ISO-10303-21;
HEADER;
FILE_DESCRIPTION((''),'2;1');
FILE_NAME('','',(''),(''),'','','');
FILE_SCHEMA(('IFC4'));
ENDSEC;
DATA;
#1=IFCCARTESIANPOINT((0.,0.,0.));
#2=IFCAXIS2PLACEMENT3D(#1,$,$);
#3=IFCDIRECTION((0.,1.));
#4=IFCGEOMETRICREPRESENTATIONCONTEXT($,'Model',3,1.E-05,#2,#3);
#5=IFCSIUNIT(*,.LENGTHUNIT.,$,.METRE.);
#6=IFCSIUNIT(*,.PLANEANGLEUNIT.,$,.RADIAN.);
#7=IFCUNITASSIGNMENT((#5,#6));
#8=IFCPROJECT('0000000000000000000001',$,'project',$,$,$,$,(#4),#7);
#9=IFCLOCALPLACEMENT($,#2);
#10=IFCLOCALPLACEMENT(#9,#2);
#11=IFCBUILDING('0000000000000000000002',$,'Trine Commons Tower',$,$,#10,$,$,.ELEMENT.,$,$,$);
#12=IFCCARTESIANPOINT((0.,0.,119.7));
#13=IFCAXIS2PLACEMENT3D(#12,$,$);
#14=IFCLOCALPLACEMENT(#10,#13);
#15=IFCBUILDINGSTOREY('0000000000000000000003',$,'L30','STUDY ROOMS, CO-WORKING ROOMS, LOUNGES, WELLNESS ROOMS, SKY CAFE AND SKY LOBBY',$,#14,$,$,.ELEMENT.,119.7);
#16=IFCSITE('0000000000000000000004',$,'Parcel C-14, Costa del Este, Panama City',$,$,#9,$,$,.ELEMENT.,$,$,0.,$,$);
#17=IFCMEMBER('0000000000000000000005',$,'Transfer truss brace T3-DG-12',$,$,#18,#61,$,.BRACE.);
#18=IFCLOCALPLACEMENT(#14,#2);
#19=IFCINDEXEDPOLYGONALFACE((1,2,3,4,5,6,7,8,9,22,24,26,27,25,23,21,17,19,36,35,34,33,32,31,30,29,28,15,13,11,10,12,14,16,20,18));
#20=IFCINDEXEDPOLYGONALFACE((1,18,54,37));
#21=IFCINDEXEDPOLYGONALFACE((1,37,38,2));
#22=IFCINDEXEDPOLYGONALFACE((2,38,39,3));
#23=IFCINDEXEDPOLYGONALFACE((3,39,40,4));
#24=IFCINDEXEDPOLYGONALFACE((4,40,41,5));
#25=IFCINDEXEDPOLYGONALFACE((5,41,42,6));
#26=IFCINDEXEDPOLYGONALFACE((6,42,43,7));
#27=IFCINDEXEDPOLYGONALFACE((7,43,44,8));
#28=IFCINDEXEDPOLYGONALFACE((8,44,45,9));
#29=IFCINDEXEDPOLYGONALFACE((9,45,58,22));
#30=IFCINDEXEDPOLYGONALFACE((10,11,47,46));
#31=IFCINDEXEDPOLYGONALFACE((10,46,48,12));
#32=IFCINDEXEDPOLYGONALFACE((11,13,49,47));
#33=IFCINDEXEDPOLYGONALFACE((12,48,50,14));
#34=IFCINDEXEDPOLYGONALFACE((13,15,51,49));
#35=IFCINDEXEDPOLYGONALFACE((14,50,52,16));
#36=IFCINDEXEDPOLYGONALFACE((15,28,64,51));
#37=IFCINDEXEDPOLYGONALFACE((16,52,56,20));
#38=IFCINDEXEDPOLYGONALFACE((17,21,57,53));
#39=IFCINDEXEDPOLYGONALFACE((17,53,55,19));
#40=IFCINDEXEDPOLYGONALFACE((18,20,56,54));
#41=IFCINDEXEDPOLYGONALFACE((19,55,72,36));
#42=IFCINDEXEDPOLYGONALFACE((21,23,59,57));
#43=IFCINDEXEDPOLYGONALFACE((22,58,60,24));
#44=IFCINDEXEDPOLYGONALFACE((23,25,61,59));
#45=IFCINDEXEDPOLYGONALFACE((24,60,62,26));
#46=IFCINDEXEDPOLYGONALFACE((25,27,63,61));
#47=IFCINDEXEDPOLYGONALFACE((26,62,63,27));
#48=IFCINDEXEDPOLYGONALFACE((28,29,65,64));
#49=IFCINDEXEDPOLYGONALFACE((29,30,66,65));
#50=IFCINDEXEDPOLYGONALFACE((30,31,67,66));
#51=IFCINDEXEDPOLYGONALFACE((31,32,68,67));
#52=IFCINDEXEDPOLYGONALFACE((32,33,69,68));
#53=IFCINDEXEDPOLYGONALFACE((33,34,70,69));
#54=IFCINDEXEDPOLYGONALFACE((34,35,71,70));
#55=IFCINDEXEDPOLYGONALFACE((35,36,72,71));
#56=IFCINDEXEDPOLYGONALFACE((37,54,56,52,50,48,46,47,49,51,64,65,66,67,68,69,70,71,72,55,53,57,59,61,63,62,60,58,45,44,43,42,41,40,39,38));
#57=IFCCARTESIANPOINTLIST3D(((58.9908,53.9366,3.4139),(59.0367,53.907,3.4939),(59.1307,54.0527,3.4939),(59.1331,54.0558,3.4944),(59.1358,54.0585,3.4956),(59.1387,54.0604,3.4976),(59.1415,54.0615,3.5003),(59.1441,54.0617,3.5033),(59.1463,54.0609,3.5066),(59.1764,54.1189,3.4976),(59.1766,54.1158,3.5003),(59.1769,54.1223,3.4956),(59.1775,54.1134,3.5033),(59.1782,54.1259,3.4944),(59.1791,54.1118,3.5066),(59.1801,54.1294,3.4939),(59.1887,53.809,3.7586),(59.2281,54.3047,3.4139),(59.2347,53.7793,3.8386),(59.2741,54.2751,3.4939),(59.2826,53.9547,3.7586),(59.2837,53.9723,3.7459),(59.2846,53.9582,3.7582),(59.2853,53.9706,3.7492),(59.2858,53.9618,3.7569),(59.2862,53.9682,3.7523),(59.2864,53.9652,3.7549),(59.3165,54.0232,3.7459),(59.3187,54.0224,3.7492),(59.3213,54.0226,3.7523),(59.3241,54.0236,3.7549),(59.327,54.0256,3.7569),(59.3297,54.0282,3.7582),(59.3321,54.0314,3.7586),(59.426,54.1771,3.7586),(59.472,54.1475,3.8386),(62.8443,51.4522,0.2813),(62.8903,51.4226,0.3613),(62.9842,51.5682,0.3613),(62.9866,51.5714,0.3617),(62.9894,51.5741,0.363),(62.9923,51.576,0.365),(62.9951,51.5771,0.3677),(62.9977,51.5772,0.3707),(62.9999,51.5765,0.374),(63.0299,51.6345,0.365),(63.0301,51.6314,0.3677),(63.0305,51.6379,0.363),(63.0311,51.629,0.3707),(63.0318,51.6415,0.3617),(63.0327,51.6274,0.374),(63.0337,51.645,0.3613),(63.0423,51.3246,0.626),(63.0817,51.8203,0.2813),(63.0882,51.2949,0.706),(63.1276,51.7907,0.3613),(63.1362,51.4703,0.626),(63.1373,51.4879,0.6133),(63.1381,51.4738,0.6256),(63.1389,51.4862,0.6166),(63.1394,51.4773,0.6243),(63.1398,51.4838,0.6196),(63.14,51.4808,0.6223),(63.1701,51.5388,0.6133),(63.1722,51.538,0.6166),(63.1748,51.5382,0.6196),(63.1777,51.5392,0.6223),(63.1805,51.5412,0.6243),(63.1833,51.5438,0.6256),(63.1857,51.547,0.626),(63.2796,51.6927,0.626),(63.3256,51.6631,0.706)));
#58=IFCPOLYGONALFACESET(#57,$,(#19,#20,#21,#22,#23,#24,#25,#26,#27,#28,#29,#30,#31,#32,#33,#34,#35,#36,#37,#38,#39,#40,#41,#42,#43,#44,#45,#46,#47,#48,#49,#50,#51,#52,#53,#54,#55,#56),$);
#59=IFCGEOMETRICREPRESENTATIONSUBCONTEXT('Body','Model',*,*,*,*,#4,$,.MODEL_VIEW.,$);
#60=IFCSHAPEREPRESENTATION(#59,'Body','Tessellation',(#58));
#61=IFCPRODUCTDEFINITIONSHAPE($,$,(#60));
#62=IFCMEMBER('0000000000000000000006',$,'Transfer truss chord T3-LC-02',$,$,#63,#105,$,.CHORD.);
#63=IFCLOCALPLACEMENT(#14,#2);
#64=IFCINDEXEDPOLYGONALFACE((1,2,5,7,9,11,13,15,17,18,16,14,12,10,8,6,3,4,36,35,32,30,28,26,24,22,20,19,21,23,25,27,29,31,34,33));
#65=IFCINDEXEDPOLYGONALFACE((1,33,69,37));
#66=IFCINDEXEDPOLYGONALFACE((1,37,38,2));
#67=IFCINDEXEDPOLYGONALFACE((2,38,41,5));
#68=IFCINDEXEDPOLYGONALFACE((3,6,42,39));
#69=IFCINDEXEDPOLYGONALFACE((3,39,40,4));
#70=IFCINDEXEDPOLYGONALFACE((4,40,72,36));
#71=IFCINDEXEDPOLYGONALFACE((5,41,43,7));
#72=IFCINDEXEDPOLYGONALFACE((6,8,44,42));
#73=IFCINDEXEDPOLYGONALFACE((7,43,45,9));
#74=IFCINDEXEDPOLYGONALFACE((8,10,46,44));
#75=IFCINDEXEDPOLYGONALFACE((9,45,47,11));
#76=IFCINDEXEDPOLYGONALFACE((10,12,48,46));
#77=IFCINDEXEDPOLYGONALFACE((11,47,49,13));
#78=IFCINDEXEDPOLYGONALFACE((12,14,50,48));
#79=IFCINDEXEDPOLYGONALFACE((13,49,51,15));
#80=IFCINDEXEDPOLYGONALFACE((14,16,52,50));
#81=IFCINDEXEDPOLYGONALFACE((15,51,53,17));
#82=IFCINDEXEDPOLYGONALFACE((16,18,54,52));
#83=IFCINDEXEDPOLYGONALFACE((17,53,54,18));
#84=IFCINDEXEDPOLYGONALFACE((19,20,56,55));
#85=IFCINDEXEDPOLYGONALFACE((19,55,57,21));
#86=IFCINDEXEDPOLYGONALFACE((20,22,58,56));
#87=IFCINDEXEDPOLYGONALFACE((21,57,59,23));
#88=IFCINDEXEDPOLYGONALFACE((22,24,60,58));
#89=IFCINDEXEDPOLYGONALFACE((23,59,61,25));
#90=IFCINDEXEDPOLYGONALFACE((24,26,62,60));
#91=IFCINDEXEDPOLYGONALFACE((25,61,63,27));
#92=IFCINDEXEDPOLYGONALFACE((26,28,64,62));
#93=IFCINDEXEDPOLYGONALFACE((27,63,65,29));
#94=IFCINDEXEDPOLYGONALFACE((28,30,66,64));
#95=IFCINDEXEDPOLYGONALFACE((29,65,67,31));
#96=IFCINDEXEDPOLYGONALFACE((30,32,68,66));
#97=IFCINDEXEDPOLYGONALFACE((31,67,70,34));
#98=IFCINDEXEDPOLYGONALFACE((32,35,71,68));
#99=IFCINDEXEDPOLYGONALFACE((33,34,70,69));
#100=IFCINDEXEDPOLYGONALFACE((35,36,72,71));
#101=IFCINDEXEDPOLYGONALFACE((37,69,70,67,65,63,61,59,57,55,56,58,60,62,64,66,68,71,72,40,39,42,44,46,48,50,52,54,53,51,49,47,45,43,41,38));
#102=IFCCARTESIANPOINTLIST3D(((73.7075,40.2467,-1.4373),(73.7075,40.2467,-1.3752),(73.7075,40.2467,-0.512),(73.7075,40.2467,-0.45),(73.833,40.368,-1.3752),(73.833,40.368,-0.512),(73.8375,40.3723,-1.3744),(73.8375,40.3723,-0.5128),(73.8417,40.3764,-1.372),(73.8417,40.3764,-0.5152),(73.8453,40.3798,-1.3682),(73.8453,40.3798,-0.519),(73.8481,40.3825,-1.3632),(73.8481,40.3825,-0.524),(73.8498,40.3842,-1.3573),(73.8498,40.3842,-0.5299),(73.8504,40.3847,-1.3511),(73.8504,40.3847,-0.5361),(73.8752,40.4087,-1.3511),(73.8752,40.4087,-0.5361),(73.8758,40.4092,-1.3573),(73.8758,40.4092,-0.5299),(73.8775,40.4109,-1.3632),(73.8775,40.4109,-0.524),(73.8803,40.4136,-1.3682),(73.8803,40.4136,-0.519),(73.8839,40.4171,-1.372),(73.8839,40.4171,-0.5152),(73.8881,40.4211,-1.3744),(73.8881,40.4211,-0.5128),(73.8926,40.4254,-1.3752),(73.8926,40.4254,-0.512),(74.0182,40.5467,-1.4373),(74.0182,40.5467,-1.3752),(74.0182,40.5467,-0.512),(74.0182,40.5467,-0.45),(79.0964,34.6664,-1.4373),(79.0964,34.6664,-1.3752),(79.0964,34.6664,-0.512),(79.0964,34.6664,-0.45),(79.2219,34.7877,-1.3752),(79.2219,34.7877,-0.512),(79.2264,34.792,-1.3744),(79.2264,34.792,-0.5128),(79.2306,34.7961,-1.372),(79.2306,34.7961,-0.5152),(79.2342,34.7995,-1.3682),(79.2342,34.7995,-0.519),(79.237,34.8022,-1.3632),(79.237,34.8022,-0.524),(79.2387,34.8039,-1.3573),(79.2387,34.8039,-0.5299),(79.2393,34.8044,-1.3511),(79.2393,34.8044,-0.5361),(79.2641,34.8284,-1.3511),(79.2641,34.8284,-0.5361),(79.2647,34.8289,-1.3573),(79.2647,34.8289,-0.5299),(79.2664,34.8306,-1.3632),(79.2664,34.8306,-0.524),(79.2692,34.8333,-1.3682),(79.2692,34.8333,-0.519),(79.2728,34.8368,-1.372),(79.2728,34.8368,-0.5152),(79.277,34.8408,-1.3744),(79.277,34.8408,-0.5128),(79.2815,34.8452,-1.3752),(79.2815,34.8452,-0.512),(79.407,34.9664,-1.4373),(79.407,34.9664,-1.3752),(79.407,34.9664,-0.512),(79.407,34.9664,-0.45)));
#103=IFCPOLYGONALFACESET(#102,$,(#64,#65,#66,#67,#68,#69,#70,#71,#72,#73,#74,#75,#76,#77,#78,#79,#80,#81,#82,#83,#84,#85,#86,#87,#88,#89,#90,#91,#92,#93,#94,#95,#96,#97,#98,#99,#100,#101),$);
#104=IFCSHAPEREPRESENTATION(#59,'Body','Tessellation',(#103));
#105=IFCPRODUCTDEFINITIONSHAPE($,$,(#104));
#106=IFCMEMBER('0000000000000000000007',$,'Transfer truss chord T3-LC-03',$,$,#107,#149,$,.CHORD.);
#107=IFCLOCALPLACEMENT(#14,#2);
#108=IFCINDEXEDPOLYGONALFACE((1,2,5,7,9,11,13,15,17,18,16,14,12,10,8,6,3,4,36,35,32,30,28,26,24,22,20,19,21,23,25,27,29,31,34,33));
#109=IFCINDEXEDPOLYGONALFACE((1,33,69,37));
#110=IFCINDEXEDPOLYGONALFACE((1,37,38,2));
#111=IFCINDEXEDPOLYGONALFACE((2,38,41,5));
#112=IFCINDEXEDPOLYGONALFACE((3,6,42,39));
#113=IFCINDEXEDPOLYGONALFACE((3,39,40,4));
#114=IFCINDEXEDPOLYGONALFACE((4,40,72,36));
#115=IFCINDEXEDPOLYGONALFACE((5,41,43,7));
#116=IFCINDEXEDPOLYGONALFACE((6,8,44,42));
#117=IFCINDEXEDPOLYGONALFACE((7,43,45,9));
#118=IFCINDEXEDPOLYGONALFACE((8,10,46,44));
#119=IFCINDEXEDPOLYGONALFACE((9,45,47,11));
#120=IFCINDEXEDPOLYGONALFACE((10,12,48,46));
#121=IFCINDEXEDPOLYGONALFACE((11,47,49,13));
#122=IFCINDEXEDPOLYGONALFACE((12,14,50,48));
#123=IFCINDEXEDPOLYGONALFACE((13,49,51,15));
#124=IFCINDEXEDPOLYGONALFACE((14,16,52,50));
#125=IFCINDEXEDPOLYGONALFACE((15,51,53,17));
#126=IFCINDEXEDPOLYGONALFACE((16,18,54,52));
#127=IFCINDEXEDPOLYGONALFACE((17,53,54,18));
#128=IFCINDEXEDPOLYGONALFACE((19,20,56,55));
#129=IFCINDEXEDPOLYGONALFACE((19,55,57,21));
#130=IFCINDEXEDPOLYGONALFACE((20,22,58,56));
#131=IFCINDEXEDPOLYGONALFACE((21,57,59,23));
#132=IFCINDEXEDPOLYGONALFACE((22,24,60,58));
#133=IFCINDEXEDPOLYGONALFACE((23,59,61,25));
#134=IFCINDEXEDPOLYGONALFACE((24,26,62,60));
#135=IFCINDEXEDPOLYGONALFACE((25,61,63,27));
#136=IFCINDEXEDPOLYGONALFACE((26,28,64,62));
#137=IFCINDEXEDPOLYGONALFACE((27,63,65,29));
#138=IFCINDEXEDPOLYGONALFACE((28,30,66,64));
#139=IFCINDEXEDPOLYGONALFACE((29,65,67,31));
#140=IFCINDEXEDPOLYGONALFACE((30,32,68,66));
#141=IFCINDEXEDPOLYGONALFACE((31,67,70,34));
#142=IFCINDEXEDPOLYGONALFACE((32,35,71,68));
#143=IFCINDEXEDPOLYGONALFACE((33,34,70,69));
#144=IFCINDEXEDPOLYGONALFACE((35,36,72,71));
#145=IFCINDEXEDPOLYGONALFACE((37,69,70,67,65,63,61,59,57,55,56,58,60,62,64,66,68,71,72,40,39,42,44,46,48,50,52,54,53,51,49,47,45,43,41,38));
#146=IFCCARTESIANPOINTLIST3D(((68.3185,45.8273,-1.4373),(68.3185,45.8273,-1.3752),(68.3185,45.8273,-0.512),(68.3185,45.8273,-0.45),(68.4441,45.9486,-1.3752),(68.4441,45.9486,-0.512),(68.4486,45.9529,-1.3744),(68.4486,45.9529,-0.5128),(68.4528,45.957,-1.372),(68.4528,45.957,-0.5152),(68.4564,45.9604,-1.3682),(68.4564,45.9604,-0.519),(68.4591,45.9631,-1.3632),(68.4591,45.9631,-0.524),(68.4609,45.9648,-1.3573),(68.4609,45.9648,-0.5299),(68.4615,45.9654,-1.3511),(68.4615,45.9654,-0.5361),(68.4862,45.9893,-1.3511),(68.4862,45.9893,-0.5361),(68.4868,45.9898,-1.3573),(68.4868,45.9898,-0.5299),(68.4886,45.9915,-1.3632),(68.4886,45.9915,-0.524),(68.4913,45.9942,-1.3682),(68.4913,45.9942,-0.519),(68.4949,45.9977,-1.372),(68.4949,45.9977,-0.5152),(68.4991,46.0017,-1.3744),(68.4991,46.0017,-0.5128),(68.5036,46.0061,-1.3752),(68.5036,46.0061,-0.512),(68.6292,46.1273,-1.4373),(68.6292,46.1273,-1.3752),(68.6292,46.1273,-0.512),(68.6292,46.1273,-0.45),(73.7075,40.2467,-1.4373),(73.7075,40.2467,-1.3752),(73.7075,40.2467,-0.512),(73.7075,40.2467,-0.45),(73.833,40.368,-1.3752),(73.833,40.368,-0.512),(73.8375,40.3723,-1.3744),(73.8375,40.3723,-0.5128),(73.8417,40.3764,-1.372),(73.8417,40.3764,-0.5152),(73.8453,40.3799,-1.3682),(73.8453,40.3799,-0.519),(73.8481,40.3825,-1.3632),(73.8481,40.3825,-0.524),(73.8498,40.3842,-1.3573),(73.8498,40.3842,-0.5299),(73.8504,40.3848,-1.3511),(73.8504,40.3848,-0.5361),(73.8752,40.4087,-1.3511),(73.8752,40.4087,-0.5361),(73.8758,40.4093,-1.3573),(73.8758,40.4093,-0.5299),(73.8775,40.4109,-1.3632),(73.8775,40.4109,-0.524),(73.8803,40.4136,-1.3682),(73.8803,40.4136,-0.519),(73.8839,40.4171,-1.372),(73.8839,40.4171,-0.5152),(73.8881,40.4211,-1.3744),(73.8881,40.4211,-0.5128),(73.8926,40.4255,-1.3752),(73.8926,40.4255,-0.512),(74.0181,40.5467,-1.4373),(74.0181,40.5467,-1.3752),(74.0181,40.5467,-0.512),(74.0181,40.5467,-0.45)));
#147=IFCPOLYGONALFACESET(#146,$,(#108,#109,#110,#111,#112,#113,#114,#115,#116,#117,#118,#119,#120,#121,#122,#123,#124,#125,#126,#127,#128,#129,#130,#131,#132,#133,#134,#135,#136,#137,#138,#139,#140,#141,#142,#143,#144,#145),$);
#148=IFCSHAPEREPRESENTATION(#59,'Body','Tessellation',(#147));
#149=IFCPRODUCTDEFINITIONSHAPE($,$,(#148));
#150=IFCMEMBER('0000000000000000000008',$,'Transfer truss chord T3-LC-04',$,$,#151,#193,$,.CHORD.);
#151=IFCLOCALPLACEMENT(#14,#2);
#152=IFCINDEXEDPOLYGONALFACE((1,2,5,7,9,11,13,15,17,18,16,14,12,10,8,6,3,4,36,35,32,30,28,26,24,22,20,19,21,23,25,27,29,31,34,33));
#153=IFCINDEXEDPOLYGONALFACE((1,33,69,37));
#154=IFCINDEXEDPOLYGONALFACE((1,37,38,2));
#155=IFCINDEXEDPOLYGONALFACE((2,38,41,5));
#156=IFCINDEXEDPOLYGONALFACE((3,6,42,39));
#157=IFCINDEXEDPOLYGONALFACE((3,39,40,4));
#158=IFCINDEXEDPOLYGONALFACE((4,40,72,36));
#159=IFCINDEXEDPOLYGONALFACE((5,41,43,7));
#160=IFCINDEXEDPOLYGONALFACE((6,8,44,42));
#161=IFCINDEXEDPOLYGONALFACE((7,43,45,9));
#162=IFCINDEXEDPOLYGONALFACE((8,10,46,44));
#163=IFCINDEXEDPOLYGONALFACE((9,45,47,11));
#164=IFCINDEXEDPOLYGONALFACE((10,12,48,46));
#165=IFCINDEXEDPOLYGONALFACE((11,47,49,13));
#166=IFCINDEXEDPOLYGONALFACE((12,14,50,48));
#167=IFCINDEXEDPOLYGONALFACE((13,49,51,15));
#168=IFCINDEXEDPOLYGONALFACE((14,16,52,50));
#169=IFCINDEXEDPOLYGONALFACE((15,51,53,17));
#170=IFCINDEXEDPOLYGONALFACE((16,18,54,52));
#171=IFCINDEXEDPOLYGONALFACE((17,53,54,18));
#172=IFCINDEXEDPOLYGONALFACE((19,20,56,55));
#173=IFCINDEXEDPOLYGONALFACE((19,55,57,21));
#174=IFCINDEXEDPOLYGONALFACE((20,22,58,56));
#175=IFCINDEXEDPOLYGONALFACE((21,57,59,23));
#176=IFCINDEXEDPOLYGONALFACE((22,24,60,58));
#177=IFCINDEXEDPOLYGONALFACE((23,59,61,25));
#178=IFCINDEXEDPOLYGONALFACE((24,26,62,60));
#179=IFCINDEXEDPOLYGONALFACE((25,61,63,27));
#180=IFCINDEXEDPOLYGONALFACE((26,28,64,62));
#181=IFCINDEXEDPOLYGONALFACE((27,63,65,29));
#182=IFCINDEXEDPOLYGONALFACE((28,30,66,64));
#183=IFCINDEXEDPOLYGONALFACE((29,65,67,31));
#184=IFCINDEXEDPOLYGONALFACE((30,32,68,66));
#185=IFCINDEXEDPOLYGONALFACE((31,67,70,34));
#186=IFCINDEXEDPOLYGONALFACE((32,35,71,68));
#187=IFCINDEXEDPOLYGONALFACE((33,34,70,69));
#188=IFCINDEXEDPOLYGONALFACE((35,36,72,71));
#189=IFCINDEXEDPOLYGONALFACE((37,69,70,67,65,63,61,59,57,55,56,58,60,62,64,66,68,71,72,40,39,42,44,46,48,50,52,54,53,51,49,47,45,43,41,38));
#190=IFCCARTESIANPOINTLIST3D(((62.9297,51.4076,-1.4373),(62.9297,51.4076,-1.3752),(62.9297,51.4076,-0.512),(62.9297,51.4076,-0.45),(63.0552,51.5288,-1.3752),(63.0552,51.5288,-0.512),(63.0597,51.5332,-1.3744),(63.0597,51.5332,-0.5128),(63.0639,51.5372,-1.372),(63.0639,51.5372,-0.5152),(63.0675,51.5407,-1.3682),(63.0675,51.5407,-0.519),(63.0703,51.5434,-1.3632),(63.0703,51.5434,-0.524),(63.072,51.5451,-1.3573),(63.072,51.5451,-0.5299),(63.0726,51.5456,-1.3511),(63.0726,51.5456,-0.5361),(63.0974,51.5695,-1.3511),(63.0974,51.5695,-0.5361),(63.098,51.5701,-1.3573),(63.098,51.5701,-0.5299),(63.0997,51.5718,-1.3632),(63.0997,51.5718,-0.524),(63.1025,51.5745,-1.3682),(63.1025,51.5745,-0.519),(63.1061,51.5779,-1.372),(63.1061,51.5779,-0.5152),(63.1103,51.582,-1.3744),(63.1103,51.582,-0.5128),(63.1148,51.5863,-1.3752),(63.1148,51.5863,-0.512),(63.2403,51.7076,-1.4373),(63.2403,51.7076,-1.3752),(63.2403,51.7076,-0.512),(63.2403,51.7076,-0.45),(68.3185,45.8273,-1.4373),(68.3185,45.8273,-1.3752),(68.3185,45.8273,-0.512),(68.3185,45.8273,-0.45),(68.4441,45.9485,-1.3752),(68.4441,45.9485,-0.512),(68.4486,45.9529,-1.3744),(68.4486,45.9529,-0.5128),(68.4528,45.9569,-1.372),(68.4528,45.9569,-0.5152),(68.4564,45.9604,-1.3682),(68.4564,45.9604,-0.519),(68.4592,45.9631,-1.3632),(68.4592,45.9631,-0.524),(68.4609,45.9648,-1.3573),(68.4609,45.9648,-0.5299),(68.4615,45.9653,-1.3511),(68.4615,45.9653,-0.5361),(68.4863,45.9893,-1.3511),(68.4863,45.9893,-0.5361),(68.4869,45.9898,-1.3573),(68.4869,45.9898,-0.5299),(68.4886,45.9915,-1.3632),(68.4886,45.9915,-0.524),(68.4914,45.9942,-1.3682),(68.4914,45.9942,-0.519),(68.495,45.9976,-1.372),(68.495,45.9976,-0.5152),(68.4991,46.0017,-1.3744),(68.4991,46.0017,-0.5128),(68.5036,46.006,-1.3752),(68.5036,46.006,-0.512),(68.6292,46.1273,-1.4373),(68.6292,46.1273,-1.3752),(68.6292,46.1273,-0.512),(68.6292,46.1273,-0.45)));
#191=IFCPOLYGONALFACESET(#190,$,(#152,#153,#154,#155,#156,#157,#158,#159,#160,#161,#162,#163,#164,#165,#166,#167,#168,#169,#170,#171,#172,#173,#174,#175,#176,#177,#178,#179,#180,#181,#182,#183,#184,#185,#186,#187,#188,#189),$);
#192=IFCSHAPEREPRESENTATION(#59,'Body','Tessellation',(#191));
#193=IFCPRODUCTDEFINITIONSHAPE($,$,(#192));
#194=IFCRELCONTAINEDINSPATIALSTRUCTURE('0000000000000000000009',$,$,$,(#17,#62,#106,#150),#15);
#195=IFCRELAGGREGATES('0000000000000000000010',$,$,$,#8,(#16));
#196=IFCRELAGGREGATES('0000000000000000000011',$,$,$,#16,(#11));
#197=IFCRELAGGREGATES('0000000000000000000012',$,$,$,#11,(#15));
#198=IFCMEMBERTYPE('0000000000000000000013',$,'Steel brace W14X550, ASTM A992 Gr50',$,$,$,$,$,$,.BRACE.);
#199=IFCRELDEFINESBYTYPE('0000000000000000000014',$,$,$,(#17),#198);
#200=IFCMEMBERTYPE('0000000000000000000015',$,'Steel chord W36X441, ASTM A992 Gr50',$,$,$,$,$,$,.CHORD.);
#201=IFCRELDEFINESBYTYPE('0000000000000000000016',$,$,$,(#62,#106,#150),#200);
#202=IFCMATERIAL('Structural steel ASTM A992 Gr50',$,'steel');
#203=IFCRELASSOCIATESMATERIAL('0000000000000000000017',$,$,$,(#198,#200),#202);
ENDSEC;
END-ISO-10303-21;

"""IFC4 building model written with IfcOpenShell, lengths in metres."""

from ifc_helpers import new_model, si_unit, direction, frame, origin, origin_2d, place, context, subcontext, project, spatial, i_section, extrude, material, material_profile, profile_set, type_object, element, save


model = new_model("IFC4")

# Units and contexts
model_context = context("Model", 3, precision=1e-05, world=origin(), true_north=direction((0.0, 1.0)))
body_context = subcontext(model_context, "Body", "Model", "MODEL_VIEW")
ifc_project = project(units=[si_unit("LENGTHUNIT", "METRE"), si_unit("PLANEANGLEUNIT", "RADIAN")], contexts=[model_context])

# Site, building, storey
site_placement = place(None, origin())
site = spatial("IfcSite", under=ifc_project, at=site_placement, Name="Parcel C-14, Costa del Este, Panama City", CompositionType="ELEMENT", RefElevation=0.0)
building_placement = place(site_placement, origin())
building = spatial("IfcBuilding", under=site, at=building_placement, Name="Trine Commons Tower", CompositionType="ELEMENT")
storey_placement = place(building_placement, frame((0.0, 0.0, 119.7)))
storey = spatial("IfcBuildingStorey", under=building, at=storey_placement, Name="L30", Description="STUDY ROOMS, CO-WORKING ROOMS, LOUNGES, WELLNESS ROOMS, SKY CAFE AND SKY LOBBY", CompositionType="ELEMENT", Elevation=119.7)

# Members
ifc_material_1 = material(Name="Structural steel ASTM A992 Gr50", Category="steel")
ifc_material_profile_1 = material_profile(ifc_material_1, i_section(OverallWidth=0.438, OverallDepth=0.5144, WebThickness=0.0605, FlangeThickness=0.0969, FilletRadius=0.0154, at=origin_2d()), Name="W14X550")
ifc_profile_set_1 = profile_set([ifc_material_profile_1], Name="Structural steel ASTM A992 Gr50")
member_type_1 = type_object("IfcMemberType", Name="Steel brace W14X550, ASTM A992 Gr50", PredefinedType="BRACE", material=ifc_profile_set_1)
member_1_placement = place(storey_placement, frame((63.085, 51.5576, 0.4937), z_axis=(-0.693965, 0.447401, 0.564132), x_axis=(-0.541855, -0.840472, 0.0)))
element("IfcMember", 1, at=member_1_placement, inside=storey, type_object=member_type_1, Name="Transfer truss brace T3-DG-12", PredefinedType="BRACE", context=body_context, shape_type="SweptSolid", body=[
    extrude(i_section(OverallWidth=0.438, OverallDepth=0.5144, WebThickness=0.0605, FlangeThickness=0.0969, FilletRadius=0.0154, at=origin_2d()), origin(), (0.0, 0.0, 1.0), 5.553),
])
ifc_material_profile_2 = material_profile(ifc_material_1, i_section(OverallWidth=0.4319, OverallDepth=0.9873, WebThickness=0.0344, FlangeThickness=0.062, FilletRadius=0.0242, at=origin_2d()), Name="W36X441")
ifc_profile_set_2 = profile_set([ifc_material_profile_2], Name="Structural steel ASTM A992 Gr50")
member_type_2 = type_object("IfcMemberType", Name="Steel chord W36X441, ASTM A992 Gr50", PredefinedType="CHORD", material=ifc_profile_set_2)
member_2_placement = place(storey_placement, frame((79.2517, 34.8164, -0.9436), z_axis=(-0.694662, 0.719336, 0.0), x_axis=(-0.719336, -0.694662, 0.0)))
element("IfcMember", 2, at=member_2_placement, inside=storey, type_object=member_type_2, Name="Transfer truss chord T3-LC-02", PredefinedType="CHORD", context=body_context, shape_type="SweptSolid", body=[
    extrude(i_section(OverallWidth=0.4319, OverallDepth=0.9873, WebThickness=0.0344, FlangeThickness=0.062, FilletRadius=0.0242, at=origin_2d()), origin(), (0.0, 0.0, 1.0), 7.7576),
])
member_3_placement = place(storey_placement, frame((73.8628, 40.3967, -0.9436), z_axis=(-0.694647, 0.719351, 0.0), x_axis=(-0.719351, -0.694647, 0.0)))
element("IfcMember", 3, at=member_3_placement, inside=storey, type_object=member_type_2, Name="Transfer truss chord T3-LC-03", PredefinedType="CHORD", context=body_context, shape_type="SweptSolid", body=[
    extrude(i_section(OverallWidth=0.4319, OverallDepth=0.9873, WebThickness=0.0344, FlangeThickness=0.062, FilletRadius=0.0242, at=origin_2d()), origin(), (0.0, 0.0, 1.0), 7.7578),
])
for number, where, z_axis, x_axis, name in (
    (4, (68.4739, 45.9773, -0.9436), (-0.694662, 0.719336, 0.0), (-0.719336, -0.694662, 0.0), "Transfer truss chord T3-LC-04"),
):
    element("IfcMember", number, at=place(storey_placement, frame(where, z_axis=z_axis, x_axis=x_axis)), inside=storey, type_object=member_type_2, Name=name, PredefinedType="CHORD", context=body_context, shape_type="SweptSolid", body=[
        extrude(i_section(OverallWidth=0.4319, OverallDepth=0.9873, WebThickness=0.0344, FlangeThickness=0.062, FilletRadius=0.0242, at=origin_2d()), origin(), (0.0, 0.0, 1.0), 7.7576),
    ])

save(model, "model.ifc")
